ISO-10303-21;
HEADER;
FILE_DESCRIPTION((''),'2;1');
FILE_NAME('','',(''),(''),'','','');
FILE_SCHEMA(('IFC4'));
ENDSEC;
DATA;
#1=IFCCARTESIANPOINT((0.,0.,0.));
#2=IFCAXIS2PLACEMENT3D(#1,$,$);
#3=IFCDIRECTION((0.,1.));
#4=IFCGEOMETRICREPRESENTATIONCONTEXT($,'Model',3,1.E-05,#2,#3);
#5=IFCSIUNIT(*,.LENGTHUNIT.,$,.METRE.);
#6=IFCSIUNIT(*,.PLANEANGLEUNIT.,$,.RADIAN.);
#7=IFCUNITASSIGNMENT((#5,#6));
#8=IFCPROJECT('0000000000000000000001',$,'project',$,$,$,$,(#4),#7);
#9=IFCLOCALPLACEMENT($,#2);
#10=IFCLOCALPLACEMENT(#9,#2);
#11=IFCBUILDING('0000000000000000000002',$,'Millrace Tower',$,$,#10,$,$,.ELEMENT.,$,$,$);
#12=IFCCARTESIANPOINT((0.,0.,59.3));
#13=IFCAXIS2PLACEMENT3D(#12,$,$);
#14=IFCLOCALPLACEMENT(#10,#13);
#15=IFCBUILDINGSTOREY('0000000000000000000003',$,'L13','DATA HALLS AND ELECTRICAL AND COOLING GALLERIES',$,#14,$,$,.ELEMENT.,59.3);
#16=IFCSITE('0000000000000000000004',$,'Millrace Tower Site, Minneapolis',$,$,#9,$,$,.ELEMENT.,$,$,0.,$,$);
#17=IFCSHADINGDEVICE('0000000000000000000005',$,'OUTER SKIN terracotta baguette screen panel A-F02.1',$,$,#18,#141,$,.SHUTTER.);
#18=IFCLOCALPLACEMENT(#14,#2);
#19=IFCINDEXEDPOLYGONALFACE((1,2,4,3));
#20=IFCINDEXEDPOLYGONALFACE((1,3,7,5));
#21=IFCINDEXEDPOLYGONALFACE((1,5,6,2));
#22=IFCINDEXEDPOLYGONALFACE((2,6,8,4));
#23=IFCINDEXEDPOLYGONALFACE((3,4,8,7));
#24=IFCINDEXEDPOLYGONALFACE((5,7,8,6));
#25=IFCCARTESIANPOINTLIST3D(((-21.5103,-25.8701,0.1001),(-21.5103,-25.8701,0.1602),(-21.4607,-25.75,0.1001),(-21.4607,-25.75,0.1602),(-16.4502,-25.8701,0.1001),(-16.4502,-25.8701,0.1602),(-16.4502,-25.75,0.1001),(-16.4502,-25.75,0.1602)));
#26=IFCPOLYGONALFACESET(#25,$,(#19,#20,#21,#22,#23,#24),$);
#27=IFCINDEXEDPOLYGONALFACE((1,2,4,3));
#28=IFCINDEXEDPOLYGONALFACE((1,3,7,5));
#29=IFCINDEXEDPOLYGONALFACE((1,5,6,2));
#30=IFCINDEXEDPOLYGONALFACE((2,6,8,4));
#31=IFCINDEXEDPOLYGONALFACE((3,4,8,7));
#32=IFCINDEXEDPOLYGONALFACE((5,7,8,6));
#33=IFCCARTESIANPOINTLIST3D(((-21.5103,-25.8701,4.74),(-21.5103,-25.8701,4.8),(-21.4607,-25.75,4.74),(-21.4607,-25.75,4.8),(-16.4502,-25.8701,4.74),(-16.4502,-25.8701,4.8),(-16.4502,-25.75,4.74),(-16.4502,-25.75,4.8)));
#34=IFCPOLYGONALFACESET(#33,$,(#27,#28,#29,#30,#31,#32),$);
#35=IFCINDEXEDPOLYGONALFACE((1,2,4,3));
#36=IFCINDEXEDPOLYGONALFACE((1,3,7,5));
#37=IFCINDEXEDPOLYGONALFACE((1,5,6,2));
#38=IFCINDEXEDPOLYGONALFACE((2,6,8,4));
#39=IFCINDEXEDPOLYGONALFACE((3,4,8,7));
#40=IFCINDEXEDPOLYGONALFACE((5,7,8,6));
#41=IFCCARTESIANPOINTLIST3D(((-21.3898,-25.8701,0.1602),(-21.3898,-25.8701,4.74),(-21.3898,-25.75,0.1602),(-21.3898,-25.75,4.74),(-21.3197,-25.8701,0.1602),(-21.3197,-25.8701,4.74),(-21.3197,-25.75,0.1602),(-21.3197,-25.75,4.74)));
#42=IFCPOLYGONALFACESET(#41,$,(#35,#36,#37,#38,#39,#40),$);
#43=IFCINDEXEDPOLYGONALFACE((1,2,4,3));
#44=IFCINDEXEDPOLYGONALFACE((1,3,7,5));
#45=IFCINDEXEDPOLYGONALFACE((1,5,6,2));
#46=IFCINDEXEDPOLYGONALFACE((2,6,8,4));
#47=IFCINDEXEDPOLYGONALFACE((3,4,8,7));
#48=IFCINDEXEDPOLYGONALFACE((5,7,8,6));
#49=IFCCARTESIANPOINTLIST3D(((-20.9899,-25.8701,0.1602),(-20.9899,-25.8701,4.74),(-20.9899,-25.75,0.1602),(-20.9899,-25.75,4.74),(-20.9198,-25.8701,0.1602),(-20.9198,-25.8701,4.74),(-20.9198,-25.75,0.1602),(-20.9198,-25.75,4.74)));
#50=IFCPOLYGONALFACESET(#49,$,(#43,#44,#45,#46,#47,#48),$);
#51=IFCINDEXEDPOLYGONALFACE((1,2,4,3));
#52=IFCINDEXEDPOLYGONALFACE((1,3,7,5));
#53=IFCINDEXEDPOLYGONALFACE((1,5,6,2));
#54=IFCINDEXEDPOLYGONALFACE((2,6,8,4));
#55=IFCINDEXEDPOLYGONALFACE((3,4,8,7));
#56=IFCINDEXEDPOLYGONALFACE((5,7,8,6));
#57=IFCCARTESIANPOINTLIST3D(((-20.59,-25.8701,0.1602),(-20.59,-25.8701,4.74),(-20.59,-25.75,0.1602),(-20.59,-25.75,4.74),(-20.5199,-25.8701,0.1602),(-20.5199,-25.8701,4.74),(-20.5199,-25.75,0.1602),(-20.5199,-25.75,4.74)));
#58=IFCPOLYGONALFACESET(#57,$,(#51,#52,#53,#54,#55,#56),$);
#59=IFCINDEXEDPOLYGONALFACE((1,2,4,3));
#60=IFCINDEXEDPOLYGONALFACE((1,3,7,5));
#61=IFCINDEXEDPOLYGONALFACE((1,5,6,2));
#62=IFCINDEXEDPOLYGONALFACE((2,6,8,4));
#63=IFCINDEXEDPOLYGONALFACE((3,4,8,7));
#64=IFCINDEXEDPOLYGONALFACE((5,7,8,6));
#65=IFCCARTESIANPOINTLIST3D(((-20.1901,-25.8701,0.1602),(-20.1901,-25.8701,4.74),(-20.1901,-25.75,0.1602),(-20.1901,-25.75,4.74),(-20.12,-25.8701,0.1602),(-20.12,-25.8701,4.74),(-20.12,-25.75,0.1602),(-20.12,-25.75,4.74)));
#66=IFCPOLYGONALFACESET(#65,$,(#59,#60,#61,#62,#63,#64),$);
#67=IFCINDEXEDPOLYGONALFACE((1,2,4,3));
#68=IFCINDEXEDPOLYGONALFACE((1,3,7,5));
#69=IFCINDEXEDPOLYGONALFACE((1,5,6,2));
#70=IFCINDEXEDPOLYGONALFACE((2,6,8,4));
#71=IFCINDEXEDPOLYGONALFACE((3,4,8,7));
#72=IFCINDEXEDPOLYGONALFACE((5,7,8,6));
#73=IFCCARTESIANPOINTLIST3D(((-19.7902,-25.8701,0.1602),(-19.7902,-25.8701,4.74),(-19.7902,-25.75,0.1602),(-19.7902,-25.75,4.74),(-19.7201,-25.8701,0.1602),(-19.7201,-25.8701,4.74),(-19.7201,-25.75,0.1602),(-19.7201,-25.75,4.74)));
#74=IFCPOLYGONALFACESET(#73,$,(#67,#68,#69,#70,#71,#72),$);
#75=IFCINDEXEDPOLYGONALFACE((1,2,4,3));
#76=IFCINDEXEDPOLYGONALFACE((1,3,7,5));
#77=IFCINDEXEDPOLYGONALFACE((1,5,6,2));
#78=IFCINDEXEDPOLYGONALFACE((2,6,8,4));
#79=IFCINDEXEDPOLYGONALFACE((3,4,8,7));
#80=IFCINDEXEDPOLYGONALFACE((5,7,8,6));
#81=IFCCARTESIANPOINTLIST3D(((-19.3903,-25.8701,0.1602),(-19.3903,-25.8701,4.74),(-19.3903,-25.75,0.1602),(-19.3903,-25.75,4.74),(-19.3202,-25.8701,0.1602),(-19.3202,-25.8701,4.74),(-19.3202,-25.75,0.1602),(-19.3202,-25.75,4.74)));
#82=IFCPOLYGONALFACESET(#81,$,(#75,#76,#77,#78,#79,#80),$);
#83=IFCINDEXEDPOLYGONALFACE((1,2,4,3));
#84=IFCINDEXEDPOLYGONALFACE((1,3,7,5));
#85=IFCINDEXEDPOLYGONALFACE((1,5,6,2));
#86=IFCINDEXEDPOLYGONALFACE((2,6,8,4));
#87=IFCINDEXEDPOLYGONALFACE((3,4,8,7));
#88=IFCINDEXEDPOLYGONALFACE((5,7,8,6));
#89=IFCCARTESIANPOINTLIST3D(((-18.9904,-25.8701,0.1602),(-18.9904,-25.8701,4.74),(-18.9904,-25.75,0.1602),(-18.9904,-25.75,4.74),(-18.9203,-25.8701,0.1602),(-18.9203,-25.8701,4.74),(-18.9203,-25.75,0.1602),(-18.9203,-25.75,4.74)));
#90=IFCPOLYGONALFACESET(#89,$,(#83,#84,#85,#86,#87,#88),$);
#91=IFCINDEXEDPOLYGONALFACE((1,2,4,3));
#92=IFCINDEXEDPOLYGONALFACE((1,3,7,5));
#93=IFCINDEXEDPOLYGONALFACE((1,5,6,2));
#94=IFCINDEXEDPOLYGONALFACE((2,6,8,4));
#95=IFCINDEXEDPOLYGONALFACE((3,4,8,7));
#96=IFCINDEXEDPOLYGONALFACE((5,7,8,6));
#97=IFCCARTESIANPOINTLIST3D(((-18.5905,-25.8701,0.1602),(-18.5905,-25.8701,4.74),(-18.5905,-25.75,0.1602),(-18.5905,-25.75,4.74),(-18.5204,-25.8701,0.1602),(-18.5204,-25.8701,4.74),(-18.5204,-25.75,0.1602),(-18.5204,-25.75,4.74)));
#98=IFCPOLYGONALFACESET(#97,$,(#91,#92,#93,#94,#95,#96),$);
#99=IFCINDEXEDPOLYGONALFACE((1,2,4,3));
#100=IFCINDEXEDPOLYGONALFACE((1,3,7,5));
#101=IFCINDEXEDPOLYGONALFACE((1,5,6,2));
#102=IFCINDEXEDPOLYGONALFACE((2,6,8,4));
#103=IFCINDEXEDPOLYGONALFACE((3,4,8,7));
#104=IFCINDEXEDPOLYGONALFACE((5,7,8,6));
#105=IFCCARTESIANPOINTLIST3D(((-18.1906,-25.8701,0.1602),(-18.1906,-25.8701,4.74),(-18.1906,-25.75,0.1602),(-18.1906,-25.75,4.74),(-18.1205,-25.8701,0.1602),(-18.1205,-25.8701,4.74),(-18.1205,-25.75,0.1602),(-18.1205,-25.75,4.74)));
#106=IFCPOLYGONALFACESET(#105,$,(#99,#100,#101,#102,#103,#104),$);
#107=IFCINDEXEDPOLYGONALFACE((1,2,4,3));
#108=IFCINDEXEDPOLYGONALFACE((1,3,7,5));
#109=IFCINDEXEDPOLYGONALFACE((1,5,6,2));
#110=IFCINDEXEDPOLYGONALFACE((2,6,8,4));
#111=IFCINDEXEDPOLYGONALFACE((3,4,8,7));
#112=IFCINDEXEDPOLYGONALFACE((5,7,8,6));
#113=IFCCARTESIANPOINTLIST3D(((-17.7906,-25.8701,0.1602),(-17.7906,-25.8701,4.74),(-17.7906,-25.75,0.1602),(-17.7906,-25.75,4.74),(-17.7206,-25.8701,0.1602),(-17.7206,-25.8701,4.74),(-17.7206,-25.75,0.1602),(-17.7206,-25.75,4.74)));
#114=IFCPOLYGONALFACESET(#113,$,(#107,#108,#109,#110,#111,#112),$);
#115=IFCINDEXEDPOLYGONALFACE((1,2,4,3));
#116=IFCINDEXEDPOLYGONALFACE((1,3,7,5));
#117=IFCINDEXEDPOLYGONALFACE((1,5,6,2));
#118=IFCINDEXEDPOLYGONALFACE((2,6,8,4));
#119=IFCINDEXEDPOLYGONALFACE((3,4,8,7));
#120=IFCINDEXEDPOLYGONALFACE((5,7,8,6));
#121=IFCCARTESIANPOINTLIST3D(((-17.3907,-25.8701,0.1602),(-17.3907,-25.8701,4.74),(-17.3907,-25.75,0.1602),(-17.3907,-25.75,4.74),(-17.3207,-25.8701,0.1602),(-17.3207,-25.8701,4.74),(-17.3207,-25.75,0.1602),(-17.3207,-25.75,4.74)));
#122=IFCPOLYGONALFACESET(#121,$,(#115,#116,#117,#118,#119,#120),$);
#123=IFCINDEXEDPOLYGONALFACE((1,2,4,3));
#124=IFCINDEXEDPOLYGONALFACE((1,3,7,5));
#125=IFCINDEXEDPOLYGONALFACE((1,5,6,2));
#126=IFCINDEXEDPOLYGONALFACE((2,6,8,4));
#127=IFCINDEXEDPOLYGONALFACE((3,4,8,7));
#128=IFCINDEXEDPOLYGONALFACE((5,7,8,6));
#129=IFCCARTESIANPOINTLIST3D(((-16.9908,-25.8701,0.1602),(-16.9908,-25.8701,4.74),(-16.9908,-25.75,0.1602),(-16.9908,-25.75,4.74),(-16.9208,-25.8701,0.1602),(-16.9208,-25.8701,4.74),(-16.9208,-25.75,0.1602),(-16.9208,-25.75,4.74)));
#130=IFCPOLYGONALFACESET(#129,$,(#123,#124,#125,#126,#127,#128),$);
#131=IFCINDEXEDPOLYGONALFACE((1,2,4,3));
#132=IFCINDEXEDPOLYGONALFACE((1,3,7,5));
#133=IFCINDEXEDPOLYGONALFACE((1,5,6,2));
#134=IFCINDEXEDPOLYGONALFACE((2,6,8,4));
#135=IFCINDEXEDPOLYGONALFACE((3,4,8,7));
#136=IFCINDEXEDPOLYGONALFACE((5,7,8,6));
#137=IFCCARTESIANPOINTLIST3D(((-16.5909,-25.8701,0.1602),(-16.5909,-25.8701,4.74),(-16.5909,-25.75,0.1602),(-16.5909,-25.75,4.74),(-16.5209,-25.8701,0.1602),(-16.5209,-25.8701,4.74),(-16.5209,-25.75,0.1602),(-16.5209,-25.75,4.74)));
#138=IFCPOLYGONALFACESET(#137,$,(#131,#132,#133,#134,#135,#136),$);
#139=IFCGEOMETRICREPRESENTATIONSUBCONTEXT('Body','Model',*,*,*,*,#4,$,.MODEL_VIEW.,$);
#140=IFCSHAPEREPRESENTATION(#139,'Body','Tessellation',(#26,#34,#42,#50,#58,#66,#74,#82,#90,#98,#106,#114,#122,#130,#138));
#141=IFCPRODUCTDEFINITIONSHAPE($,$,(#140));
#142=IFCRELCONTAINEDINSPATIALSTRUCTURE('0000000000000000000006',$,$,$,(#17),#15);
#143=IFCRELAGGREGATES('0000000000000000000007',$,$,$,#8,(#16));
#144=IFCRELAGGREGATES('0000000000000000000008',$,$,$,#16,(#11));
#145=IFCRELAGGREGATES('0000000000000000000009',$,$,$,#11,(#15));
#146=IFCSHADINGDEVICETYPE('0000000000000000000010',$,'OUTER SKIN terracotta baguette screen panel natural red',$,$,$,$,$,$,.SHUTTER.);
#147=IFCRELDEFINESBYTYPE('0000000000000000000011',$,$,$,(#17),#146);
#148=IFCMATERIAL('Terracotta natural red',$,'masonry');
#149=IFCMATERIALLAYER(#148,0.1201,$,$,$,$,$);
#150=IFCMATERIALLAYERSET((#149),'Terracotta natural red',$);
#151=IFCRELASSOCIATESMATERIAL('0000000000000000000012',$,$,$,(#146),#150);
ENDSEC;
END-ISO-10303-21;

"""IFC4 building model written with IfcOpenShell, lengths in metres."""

from ifc_helpers import new_model, entity, si_unit, direction, frame, frame_2d, origin, place, context, subcontext, project, spatial, rectangle, extrude, source, transform, mapped, material, layer, layer_set, type_object, element, save


model = new_model("IFC4")

# Units and contexts
model_context = context("Model", 3, precision=1e-05, world=origin(), true_north=direction((0.0, 1.0)))
body_context = subcontext(model_context, "Body", "Model", "MODEL_VIEW")
ifc_project = project(units=[si_unit("LENGTHUNIT", "METRE"), si_unit("PLANEANGLEUNIT", "RADIAN")], contexts=[model_context])

# Site, building, storey
site_placement = place(None, origin())
site = spatial("IfcSite", under=ifc_project, at=site_placement, Name="Millrace Tower Site, Minneapolis", CompositionType="ELEMENT", RefElevation=0.0)
building_placement = place(site_placement, origin())
building = spatial("IfcBuilding", under=site, at=building_placement, Name="Millrace Tower", CompositionType="ELEMENT")
storey_placement = place(building_placement, frame((0.0, 0.0, 59.3)))
storey = spatial("IfcBuildingStorey", under=building, at=storey_placement, Name="L13", Description="DATA HALLS AND ELECTRICAL AND COOLING GALLERIES", CompositionType="ELEMENT", Elevation=59.3)

# Shading device
ifc_material_1 = material(Name="Terracotta natural red", Category="masonry")
ifc_layer_1 = layer(ifc_material_1, 0.1201)
ifc_layer_set_1 = layer_set([ifc_layer_1], Name="Terracotta natural red")
shading_device_type_1 = type_object("IfcShadingDeviceType", Name="OUTER SKIN terracotta baguette screen panel natural red", PredefinedType="SHUTTER", material=ifc_layer_set_1)
cartesian_point_1 = entity("IfcCartesianPoint", [-2.4929, 0.0601])
shared_polyline_1 = entity("IfcPolyline", [cartesian_point_1, entity("IfcCartesianPoint", [2.5176, 0.0601]), entity("IfcCartesianPoint", [2.5176, -0.0601]), entity("IfcCartesianPoint", [-2.5425, -0.0601]), cartesian_point_1])
shared_shape_1 = source(origin(), body_context, "Body", "SweptSolid", [
    entity("IfcExtrudedAreaSolid", entity("IfcArbitraryClosedProfileDef", "AREA", None, shared_polyline_1), entity("IfcAxis2Placement3D", entity("IfcCartesianPoint", [0.0, 0.0, 0.0])), entity("IfcDirection", [0.0, 0.0, 1.0]), 0.0601),
    entity("IfcExtrudedAreaSolid", entity("IfcArbitraryClosedProfileDef", "AREA", None, shared_polyline_1), entity("IfcAxis2Placement3D", entity("IfcCartesianPoint", [0.0, 0.0, 4.6399])), entity("IfcDirection", [0.0, 0.0, 1.0]), 0.0601),
    extrude(rectangle(XDim=0.0701, YDim=0.1201, at=frame_2d((-2.387, 0.0))), frame((0.0, 0.0, 0.0601)), (0.0, 0.0, 1.0), 4.5798),
    extrude(rectangle(XDim=0.0701, YDim=0.1201, at=frame_2d((-1.9871, 0.0))), frame((0.0, 0.0, 0.0601)), (0.0, 0.0, 1.0), 4.5798),
    extrude(rectangle(XDim=0.0701, YDim=0.1201, at=frame_2d((-1.5872, 0.0))), frame((0.0, 0.0, 0.0601)), (0.0, 0.0, 1.0), 4.5798),
    extrude(rectangle(XDim=0.0701, YDim=0.1201, at=frame_2d((-1.1873, 0.0))), frame((0.0, 0.0, 0.0601)), (0.0, 0.0, 1.0), 4.5798),
    extrude(rectangle(XDim=0.0701, YDim=0.1201, at=frame_2d((-0.7874, 0.0))), frame((0.0, 0.0, 0.0601)), (0.0, 0.0, 1.0), 4.5798),
    extrude(rectangle(XDim=0.0701, YDim=0.1201, at=frame_2d((-0.3875, 0.0))), frame((0.0, 0.0, 0.0601)), (0.0, 0.0, 1.0), 4.5798),
    extrude(rectangle(XDim=0.0701, YDim=0.1201, at=frame_2d((0.0125, 0.0))), frame((0.0, 0.0, 0.0601)), (0.0, 0.0, 1.0), 4.5798),
    extrude(rectangle(XDim=0.0701, YDim=0.1201, at=frame_2d((0.4124, 0.0))), frame((0.0, 0.0, 0.0601)), (0.0, 0.0, 1.0), 4.5798),
    extrude(rectangle(XDim=0.0701, YDim=0.1201, at=frame_2d((0.8123, 0.0))), frame((0.0, 0.0, 0.0601)), (0.0, 0.0, 1.0), 4.5798),
    extrude(rectangle(XDim=0.0701, YDim=0.1201, at=frame_2d((1.2122, 0.0))), frame((0.0, 0.0, 0.0601)), (0.0, 0.0, 1.0), 4.5798),
    extrude(rectangle(XDim=0.0701, YDim=0.1201, at=frame_2d((1.6121, 0.0))), frame((0.0, 0.0, 0.0601)), (0.0, 0.0, 1.0), 4.5798),
    extrude(rectangle(XDim=0.0701, YDim=0.1201, at=frame_2d((2.012, 0.0))), frame((0.0, 0.0, 0.0601)), (0.0, 0.0, 1.0), 4.5798),
    extrude(rectangle(XDim=0.0701, YDim=0.1201, at=frame_2d((2.4119, 0.0))), frame((0.0, 0.0, 0.0601)), (0.0, 0.0, 1.0), 4.5798),
])
shading_device_1_placement = place(storey_placement, frame((-18.9678, -25.8101, 0.1001), z_axis=(0.0, 0.0, 1.0), x_axis=(1.0, 0.0, 0.0)))
element("IfcShadingDevice", 1, at=shading_device_1_placement, inside=storey, type_object=shading_device_type_1, Name="OUTER SKIN terracotta baguette screen panel A-F02.1", PredefinedType="SHUTTER", context=body_context, shape_type="MappedRepresentation", body=[
    mapped(shared_shape_1, transform((0.0, 0.0, 0.0), scale=1.0)),
])

save(model, "model.ifc")
